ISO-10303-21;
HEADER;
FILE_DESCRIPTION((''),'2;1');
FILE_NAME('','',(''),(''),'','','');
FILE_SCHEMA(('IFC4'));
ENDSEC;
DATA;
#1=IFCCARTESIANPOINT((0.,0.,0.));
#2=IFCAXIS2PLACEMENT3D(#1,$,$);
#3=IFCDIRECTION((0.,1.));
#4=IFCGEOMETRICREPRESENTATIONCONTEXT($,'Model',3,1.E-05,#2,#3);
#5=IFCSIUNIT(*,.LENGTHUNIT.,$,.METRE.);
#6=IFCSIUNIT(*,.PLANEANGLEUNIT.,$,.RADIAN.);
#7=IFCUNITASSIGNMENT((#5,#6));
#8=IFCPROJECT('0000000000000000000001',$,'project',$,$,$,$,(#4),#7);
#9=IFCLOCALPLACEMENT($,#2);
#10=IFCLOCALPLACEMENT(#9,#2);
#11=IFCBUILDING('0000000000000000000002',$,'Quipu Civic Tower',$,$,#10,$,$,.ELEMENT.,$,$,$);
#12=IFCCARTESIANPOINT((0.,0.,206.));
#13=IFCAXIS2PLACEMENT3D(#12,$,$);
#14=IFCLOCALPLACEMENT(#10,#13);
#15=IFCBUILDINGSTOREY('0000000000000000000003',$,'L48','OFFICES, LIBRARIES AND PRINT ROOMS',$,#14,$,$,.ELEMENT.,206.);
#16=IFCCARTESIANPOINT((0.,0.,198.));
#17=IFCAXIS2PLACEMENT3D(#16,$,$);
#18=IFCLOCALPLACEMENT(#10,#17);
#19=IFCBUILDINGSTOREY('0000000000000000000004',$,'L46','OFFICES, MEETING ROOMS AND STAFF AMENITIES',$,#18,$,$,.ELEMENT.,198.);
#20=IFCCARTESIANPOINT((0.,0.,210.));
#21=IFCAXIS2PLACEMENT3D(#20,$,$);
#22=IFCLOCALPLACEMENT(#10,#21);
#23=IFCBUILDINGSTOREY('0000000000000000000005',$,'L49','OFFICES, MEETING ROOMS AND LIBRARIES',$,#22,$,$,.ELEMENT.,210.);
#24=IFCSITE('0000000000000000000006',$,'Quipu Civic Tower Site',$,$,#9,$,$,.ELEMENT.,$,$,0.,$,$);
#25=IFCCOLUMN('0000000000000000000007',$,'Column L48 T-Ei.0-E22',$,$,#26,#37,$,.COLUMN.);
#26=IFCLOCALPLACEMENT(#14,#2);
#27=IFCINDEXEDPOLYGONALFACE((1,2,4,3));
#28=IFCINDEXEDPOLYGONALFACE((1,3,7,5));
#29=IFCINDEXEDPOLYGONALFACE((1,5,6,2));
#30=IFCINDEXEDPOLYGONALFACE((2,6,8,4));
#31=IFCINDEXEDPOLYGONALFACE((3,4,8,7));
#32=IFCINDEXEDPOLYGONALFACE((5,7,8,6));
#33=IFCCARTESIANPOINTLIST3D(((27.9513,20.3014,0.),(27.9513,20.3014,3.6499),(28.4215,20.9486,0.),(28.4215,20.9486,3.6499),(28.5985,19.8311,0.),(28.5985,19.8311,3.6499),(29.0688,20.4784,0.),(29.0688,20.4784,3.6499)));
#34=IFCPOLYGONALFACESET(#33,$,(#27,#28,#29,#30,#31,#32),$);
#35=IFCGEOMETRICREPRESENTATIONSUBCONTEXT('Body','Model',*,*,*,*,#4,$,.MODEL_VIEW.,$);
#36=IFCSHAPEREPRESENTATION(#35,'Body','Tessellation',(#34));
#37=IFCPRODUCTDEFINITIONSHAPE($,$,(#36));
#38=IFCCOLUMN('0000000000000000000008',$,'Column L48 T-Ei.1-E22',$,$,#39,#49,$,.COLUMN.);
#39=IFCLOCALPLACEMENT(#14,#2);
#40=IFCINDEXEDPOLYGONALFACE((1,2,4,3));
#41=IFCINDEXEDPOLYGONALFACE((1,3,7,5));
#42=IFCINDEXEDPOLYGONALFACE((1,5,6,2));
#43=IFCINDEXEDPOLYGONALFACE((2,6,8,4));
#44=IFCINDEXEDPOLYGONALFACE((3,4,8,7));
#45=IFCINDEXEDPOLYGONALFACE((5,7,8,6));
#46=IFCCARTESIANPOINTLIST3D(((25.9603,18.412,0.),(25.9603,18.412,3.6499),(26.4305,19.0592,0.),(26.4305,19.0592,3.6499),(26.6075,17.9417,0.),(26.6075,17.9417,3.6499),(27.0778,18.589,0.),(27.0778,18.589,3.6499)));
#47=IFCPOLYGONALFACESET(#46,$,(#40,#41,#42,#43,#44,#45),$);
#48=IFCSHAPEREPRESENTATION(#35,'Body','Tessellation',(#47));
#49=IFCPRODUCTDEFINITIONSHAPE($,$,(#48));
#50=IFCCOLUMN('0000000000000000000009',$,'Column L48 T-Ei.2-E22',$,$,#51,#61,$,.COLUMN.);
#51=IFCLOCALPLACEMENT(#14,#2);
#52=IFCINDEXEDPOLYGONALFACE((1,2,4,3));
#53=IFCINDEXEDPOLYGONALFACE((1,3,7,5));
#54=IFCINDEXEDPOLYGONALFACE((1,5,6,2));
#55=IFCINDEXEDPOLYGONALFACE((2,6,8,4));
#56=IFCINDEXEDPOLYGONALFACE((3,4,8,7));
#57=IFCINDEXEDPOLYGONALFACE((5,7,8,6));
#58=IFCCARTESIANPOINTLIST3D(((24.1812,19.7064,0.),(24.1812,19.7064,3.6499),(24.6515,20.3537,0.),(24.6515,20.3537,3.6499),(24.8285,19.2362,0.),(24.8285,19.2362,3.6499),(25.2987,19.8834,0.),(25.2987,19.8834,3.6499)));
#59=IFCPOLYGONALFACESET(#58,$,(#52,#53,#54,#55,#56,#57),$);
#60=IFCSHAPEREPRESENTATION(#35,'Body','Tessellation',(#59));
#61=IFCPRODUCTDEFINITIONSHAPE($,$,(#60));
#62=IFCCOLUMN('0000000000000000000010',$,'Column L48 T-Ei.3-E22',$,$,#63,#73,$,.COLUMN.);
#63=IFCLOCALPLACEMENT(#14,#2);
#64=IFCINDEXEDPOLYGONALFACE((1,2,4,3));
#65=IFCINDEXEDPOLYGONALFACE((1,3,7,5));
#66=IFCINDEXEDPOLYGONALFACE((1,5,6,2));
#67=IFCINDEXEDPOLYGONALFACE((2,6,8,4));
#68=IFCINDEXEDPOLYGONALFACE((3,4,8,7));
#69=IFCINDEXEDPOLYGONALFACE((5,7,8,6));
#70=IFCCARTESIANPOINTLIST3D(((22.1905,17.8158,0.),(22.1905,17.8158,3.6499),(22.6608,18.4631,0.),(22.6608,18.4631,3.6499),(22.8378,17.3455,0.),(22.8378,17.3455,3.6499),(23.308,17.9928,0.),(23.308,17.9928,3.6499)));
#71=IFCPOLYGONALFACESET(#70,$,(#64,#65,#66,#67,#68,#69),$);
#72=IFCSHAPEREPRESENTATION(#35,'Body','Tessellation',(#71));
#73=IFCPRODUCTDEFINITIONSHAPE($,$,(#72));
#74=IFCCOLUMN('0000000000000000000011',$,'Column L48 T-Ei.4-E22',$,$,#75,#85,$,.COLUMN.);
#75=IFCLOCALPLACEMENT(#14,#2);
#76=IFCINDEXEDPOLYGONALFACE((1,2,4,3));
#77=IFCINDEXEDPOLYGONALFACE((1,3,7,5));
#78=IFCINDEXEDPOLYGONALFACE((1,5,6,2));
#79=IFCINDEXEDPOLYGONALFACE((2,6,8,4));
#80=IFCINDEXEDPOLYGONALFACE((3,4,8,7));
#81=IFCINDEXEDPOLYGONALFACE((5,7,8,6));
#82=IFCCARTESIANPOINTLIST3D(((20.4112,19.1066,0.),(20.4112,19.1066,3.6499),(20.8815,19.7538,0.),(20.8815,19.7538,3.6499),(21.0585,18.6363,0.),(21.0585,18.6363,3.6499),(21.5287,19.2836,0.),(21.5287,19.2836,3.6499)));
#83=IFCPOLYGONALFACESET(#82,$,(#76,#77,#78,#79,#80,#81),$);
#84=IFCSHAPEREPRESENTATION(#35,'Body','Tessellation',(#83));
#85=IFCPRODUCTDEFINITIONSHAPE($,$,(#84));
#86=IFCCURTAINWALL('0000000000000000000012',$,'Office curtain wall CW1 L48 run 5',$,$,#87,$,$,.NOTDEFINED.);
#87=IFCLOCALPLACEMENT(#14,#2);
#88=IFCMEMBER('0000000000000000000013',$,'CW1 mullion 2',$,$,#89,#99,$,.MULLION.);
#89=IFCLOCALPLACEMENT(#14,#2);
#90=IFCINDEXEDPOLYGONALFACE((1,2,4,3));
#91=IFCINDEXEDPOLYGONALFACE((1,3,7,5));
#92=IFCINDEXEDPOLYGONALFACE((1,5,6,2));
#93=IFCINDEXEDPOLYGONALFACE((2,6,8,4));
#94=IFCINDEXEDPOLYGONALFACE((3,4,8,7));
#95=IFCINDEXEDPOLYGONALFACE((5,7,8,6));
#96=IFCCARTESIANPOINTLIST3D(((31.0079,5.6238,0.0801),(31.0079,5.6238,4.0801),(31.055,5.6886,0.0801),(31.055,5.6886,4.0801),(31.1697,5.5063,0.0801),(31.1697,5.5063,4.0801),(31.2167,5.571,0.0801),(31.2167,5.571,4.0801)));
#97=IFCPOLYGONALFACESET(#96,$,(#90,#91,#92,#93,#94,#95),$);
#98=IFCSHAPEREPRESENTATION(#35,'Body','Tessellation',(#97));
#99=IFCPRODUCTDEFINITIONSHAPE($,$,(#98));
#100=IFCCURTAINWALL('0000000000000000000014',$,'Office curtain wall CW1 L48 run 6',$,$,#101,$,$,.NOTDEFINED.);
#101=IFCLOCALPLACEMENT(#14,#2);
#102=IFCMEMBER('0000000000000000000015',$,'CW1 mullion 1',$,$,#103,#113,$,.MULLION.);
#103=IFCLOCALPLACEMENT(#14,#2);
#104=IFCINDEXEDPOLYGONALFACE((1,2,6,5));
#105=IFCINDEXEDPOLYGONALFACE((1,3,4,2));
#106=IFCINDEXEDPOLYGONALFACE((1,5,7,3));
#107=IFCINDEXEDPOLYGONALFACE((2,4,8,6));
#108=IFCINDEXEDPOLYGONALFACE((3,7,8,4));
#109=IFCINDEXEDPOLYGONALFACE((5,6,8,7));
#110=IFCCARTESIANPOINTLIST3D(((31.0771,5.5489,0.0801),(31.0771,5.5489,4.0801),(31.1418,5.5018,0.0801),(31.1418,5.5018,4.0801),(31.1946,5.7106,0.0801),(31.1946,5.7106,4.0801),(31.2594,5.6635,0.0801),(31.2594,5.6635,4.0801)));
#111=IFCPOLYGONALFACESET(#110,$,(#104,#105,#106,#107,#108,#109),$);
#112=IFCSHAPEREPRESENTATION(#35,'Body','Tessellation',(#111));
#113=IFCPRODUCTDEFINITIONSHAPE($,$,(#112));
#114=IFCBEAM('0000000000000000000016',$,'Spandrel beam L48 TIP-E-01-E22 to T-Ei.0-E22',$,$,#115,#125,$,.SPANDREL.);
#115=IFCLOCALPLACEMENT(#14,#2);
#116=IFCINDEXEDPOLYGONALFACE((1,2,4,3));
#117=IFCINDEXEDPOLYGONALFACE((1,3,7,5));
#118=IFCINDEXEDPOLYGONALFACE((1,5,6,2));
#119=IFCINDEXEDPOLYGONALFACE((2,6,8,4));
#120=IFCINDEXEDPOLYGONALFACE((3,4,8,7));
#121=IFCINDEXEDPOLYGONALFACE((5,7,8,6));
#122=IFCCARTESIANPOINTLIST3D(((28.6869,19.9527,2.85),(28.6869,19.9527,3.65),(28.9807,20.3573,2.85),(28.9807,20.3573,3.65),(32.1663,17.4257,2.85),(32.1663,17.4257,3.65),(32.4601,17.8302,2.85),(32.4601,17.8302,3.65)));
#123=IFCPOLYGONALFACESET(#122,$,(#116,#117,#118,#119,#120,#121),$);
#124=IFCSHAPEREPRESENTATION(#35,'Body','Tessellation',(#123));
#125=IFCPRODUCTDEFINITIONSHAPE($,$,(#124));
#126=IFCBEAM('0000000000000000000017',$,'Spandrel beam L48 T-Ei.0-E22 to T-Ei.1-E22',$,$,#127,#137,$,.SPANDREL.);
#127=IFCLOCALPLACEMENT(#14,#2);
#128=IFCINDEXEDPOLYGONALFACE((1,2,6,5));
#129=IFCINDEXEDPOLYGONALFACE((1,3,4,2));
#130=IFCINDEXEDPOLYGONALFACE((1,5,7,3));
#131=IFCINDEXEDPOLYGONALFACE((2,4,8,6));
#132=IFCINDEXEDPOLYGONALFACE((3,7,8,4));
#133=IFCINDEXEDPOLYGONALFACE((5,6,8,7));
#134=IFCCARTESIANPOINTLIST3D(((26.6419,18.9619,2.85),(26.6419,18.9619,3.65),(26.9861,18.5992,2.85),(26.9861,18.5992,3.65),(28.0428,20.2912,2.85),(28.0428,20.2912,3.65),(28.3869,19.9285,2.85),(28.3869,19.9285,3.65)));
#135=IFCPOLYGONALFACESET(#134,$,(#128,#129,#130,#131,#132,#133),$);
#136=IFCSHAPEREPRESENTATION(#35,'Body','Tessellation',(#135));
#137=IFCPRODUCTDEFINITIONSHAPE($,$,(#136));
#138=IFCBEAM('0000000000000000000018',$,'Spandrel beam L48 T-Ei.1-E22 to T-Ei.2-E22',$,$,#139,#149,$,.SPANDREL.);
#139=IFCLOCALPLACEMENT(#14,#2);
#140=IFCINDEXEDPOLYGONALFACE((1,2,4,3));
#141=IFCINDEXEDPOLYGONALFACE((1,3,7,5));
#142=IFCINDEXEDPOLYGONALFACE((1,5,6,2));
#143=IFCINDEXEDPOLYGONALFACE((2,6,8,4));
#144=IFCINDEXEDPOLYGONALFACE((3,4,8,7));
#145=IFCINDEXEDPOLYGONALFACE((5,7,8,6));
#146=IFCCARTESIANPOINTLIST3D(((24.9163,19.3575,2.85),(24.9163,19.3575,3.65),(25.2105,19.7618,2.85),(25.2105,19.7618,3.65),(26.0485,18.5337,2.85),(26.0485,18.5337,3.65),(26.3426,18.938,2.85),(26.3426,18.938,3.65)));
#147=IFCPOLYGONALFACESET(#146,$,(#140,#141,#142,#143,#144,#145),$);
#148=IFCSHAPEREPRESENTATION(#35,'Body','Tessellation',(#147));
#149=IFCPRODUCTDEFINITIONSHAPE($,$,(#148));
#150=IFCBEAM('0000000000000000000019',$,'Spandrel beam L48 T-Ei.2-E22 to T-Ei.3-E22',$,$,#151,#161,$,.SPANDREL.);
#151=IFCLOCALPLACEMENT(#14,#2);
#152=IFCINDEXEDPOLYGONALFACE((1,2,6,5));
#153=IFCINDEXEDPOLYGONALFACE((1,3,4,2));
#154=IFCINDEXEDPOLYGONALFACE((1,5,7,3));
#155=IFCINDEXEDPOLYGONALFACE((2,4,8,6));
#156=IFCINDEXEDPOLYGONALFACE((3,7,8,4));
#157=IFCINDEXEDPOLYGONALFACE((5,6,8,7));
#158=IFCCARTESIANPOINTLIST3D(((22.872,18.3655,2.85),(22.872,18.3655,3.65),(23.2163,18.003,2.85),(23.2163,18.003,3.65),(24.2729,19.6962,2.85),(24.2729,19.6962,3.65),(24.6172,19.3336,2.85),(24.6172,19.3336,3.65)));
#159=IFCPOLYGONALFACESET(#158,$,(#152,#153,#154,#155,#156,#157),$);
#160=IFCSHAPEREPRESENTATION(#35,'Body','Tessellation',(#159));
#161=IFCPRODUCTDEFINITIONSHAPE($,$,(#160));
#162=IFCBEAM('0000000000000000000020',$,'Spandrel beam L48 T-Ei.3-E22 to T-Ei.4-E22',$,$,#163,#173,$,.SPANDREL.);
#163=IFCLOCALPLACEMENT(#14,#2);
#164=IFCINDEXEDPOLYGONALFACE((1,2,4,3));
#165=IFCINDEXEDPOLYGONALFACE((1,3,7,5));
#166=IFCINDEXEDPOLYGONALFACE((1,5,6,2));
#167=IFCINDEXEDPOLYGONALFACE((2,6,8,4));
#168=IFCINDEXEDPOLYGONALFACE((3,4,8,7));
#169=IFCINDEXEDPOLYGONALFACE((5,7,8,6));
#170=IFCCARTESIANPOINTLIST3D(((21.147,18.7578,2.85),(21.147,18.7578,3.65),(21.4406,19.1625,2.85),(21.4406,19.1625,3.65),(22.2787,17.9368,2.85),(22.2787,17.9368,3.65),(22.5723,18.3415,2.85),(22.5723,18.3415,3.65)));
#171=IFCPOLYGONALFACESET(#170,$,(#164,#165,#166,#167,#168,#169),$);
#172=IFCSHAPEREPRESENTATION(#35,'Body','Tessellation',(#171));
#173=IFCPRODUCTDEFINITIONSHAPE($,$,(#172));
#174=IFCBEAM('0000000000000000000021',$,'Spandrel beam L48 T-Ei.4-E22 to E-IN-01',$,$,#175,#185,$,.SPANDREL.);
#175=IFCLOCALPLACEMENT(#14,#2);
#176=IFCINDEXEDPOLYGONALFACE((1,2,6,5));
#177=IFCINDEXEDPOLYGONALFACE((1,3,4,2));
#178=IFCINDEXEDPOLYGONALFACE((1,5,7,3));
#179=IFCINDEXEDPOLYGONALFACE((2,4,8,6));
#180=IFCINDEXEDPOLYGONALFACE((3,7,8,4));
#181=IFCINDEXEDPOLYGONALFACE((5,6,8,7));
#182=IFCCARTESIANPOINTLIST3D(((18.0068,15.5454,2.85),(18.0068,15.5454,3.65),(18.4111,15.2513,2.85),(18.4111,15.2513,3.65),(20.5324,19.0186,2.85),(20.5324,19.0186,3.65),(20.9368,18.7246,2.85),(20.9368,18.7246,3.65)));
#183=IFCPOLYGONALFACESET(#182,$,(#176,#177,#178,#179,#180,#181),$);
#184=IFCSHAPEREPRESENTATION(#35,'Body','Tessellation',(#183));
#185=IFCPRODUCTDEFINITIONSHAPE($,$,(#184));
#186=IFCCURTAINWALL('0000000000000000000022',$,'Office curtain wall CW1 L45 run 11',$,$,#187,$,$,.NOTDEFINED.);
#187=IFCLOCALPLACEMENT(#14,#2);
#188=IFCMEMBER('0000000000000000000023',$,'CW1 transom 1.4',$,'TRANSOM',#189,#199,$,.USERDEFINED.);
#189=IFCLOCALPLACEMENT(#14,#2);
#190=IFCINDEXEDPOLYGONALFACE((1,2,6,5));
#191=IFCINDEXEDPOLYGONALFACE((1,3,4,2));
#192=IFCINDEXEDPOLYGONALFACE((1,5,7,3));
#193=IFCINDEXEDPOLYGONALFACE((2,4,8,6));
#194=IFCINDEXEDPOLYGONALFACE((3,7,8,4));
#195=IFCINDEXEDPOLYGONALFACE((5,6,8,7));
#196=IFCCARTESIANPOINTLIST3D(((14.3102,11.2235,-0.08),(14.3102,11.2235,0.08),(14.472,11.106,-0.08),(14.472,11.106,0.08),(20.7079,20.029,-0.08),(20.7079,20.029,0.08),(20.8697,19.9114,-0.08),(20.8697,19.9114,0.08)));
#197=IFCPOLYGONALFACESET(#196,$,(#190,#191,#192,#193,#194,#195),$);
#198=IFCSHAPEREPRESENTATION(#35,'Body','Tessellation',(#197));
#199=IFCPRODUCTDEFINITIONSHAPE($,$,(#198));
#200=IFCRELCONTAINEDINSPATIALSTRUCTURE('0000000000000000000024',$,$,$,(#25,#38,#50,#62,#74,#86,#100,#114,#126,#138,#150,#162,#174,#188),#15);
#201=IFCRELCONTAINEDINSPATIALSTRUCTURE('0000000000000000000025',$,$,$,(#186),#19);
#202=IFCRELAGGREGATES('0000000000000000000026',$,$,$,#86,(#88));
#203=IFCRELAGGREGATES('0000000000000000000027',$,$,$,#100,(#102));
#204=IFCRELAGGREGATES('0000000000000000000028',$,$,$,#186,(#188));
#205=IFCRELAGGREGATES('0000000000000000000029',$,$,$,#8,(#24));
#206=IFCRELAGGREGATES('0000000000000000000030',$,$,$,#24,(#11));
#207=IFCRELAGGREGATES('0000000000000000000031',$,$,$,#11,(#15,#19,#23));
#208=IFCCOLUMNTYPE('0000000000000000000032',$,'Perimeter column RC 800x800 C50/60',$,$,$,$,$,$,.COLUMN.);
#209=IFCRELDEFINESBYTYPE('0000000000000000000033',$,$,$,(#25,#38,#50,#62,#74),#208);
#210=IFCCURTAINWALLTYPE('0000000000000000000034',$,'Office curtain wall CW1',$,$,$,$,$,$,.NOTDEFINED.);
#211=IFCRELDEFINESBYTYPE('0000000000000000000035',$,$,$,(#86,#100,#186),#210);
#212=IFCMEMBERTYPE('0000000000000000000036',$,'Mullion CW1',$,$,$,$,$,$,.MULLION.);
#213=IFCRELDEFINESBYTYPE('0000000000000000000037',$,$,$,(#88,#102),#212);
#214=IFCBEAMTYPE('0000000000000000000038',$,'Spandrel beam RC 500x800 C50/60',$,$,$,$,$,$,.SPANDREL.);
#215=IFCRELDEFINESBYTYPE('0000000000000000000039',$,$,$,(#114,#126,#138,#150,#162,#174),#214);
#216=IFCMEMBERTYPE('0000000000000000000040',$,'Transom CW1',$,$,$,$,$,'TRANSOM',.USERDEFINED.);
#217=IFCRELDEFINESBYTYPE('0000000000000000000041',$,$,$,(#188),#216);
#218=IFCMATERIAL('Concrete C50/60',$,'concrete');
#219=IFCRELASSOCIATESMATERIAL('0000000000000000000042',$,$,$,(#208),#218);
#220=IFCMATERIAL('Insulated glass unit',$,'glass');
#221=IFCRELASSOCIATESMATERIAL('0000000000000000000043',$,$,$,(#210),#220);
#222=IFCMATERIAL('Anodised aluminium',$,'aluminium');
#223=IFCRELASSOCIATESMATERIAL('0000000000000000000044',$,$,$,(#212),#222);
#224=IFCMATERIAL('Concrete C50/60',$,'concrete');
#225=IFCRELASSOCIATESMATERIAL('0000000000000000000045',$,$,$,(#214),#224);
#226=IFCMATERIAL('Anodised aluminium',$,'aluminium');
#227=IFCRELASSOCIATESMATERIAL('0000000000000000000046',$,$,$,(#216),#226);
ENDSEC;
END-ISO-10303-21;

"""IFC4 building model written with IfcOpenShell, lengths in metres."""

from ifc_helpers import new_model, si_unit, direction, frame, origin, origin_2d, place, context, subcontext, project, spatial, rectangle, extrude, material, material_profile, profile_set, type_object, element, aggregate, save


model = new_model("IFC4")

# Units and contexts
model_context = context("Model", 3, precision=1e-05, world=origin(), true_north=direction((0.0, 1.0)))
body_context = subcontext(model_context, "Body", "Model", "MODEL_VIEW")
ifc_project = project(units=[si_unit("LENGTHUNIT", "METRE"), si_unit("PLANEANGLEUNIT", "RADIAN")], contexts=[model_context])

# Site, building, storey
site_placement = place(None, origin())
site = spatial("IfcSite", under=ifc_project, at=site_placement, Name="Quipu Civic Tower Site", CompositionType="ELEMENT", RefElevation=0.0)
building_placement = place(site_placement, origin())
building = spatial("IfcBuilding", under=site, at=building_placement, Name="Quipu Civic Tower", CompositionType="ELEMENT")
storey_1_placement = place(building_placement, frame((0.0, 0.0, 206.0)))
storey_1 = spatial("IfcBuildingStorey", under=building, at=storey_1_placement, Name="L48", Description="OFFICES, LIBRARIES AND PRINT ROOMS", CompositionType="ELEMENT", Elevation=206.0)

# Columns
ifc_material_1 = material(Name="Concrete C50/60", Category="concrete")
ifc_material_profile_1 = material_profile(ifc_material_1, rectangle(XDim=0.8, YDim=0.8, at=origin_2d()), Name="RC800x800")
ifc_profile_set_1 = profile_set([ifc_material_profile_1], Name="Concrete C50/60")
column_type = type_object("IfcColumnType", Name="Perimeter column RC 800x800 C50/60", PredefinedType="COLUMN", material=ifc_profile_set_1)
for number, where, z_axis, x_axis, name in (
    (1, (28.51, 20.3899, 0.0), (0.0, 0.0, 1.0), (-0.587785, -0.809017, 0.0), "Column L48 T-Ei.0-E22"),
    (2, (26.519, 18.5005, 0.0), (0.0, 0.0, 1.0), (-0.809017, 0.587785, 0.0), "Column L48 T-Ei.1-E22"),
    (3, (24.74, 19.7949, 0.0), (0.0, 0.0, 1.0), (-0.587785, -0.809017, 0.0), "Column L48 T-Ei.2-E22"),
    (4, (22.7493, 17.9043, 0.0), (0.0, 0.0, 1.0), (-0.587785, -0.809017, 0.0), "Column L48 T-Ei.3-E22"),
    (5, (20.97, 19.1951, 0.0), (0.0, 0.0, 1.0), (-0.587785, -0.809017, 0.0), "Column L48 T-Ei.4-E22"),
):
    element("IfcColumn", number, at=place(storey_1_placement, frame(where, z_axis=z_axis, x_axis=x_axis)), inside=storey_1, type_object=column_type, Name=name, PredefinedType="COLUMN", context=body_context, shape_type="SweptSolid", body=[
        extrude(rectangle(XDim=0.8, YDim=0.8, at=origin_2d()), origin(), (0.0, 0.0, 1.0), 3.6499),
    ])

# Curtain walls, members
ifc_material_2 = material(Name="Insulated glass unit", Category="glass")
curtain_wall_type = type_object("IfcCurtainWallType", Name="Office curtain wall CW1", PredefinedType="NOTDEFINED", material=ifc_material_2)
curtain_wall_1_placement = place(storey_1_placement, origin())
curtain_wall_1 = element("IfcCurtainWall", 6, at=curtain_wall_1_placement, inside=storey_1, type_object=curtain_wall_type, Name="Office curtain wall CW1 L48 run 5", PredefinedType="NOTDEFINED")
ifc_material_3 = material(Name="Anodised aluminium", Category="aluminium")
ifc_material_profile_2 = material_profile(ifc_material_3, rectangle(XDim=0.2, YDim=0.0801, at=origin_2d()), Name="RECT 200x80")
ifc_profile_set_2 = profile_set([ifc_material_profile_2], Name="Anodised aluminium")
member_type_1 = type_object("IfcMemberType", Name="Mullion CW1", PredefinedType="MULLION", material=ifc_profile_set_2)
member_1_placement = place(storey_1_placement, frame((31.1123, 5.5974, 0.0801), z_axis=(0.0, 0.0, 1.0), x_axis=(-0.809022, 0.587778, 0.0)))
member_1 = element("IfcMember", 7, at=member_1_placement, type_object=member_type_1, Name="CW1 mullion 2", PredefinedType="MULLION", context=body_context, shape_type="SweptSolid", body=[
    extrude(rectangle(XDim=0.2, YDim=0.0801, at=origin_2d()), origin(), (0.0, 0.0, 1.0), 4.0),
])
aggregate(curtain_wall_1, [member_1])
curtain_wall_2_placement = place(storey_1_placement, origin())
curtain_wall_2 = element("IfcCurtainWall", 8, at=curtain_wall_2_placement, inside=storey_1, type_object=curtain_wall_type, Name="Office curtain wall CW1 L48 run 6", PredefinedType="NOTDEFINED")
member_2_placement = place(storey_1_placement, frame((31.1682, 5.6062, 0.0801), z_axis=(0.0, 0.0, 1.0), x_axis=(0.58778, 0.809021, 0.0)))
member_2 = element("IfcMember", 9, at=member_2_placement, type_object=member_type_1, Name="CW1 mullion 1", PredefinedType="MULLION", context=body_context, shape_type="SweptSolid", body=[
    extrude(rectangle(XDim=0.2, YDim=0.0801, at=origin_2d()), origin(), (0.0, 0.0, 1.0), 4.0),
])
aggregate(curtain_wall_2, [member_2])

# Beams
ifc_material_4 = material(Name="Concrete C50/60", Category="concrete")
ifc_material_profile_3 = material_profile(ifc_material_4, rectangle(XDim=0.5, YDim=0.8, at=origin_2d()), Name="RC500x800")
ifc_profile_set_3 = profile_set([ifc_material_profile_3], Name="Concrete C50/60")
beam_type = type_object("IfcBeamType", Name="Spandrel beam RC 500x800 C50/60", PredefinedType="SPANDREL", material=ifc_profile_set_3)
beam_1_placement = place(storey_1_placement, frame((32.3132, 17.6279, 3.25), z_axis=(-0.809116, 0.587648, 0.0), x_axis=(-0.587648, -0.809116, 0.0)))
element("IfcBeam", 10, at=beam_1_placement, inside=storey_1, type_object=beam_type, Name="Spandrel beam L48 TIP-E-01-E22 to T-Ei.0-E22", PredefinedType="SPANDREL", context=body_context, shape_type="SweptSolid", body=[
    extrude(rectangle(XDim=0.5, YDim=0.8, at=origin_2d()), origin(), (0.0, 0.0, 1.0), 4.3003),
])
beam_2_placement = place(storey_1_placement, frame((28.2148, 20.1099, 3.25), z_axis=(-0.725384, -0.688344, 0.0), x_axis=(0.688344, -0.725384, 0.0)))
element("IfcBeam", 11, at=beam_2_placement, inside=storey_1, type_object=beam_type, Name="Spandrel beam L48 T-Ei.0-E22 to T-Ei.1-E22", PredefinedType="SPANDREL", context=body_context, shape_type="SweptSolid", body=[
    extrude(rectangle(XDim=0.5, YDim=0.8, at=origin_2d()), origin(), (0.0, 0.0, 1.0), 1.9312),
])
beam_3_placement = place(storey_1_placement, frame((26.1956, 18.7358, 3.25), z_axis=(-0.8086, 0.588358, 0.0), x_axis=(-0.588358, -0.8086, 0.0)))
element("IfcBeam", 12, at=beam_3_placement, inside=storey_1, type_object=beam_type, Name="Spandrel beam L48 T-Ei.1-E22 to T-Ei.2-E22", PredefinedType="SPANDREL", context=body_context, shape_type="SweptSolid", body=[
    extrude(rectangle(XDim=0.5, YDim=0.8, at=origin_2d()), origin(), (0.0, 0.0, 1.0), 1.4001),
])
beam_4_placement = place(storey_1_placement, frame((24.4451, 19.5149, 3.25), z_axis=(-0.725069, -0.688676, 0.0), x_axis=(0.688676, -0.725069, 0.0)))
element("IfcBeam", 13, at=beam_4_placement, inside=storey_1, type_object=beam_type, Name="Spandrel beam L48 T-Ei.2-E22 to T-Ei.3-E22", PredefinedType="SPANDREL", context=body_context, shape_type="SweptSolid", body=[
    extrude(rectangle(XDim=0.5, YDim=0.8, at=origin_2d()), origin(), (0.0, 0.0, 1.0), 1.9321),
])
beam_5_placement = place(storey_1_placement, frame((22.4255, 18.1392, 3.25), z_axis=(-0.809453, 0.587185, 0.0), x_axis=(-0.587185, -0.809453, 0.0)))
element("IfcBeam", 14, at=beam_5_placement, inside=storey_1, type_object=beam_type, Name="Spandrel beam L48 T-Ei.3-E22 to T-Ei.4-E22", PredefinedType="SPANDREL", context=body_context, shape_type="SweptSolid", body=[
    extrude(rectangle(XDim=0.5, YDim=0.8, at=origin_2d()), origin(), (0.0, 0.0, 1.0), 1.3982),
])
beam_6_placement = place(storey_1_placement, frame((20.7346, 18.8716, 3.25), z_axis=(-0.588128, -0.808768, 0.0), x_axis=(0.808768, -0.588128, 0.0)))
element("IfcBeam", 15, at=beam_6_placement, inside=storey_1, type_object=beam_type, Name="Spandrel beam L48 T-Ei.4-E22 to E-IN-01", PredefinedType="SPANDREL", context=body_context, shape_type="SweptSolid", body=[
    extrude(rectangle(XDim=0.5, YDim=0.8, at=origin_2d()), origin(), (0.0, 0.0, 1.0), 4.2944),
])

# Shared definitions
storey_2_placement = place(building_placement, frame((0.0, 0.0, 198.0)))
storey_2 = spatial("IfcBuildingStorey", under=building, at=storey_2_placement, Name="L46", Description="OFFICES, MEETING ROOMS AND STAFF AMENITIES", CompositionType="ELEMENT", Elevation=198.0)

# Curtain wall, member
curtain_wall_3_placement = place(storey_2_placement, origin())
curtain_wall_3 = element("IfcCurtainWall", 16, at=curtain_wall_3_placement, inside=storey_2, type_object=curtain_wall_type, Name="Office curtain wall CW1 L45 run 11", PredefinedType="NOTDEFINED")
ifc_material_5 = material(Name="Anodised aluminium", Category="aluminium")
ifc_material_profile_4 = material_profile(ifc_material_5, rectangle(XDim=0.2, YDim=0.1599, at=origin_2d()), Name="RECT 200x160")
ifc_profile_set_4 = profile_set([ifc_material_profile_4], Name="Anodised aluminium")
member_type_2 = type_object("IfcMemberType", Name="Transom CW1", ElementType="TRANSOM", PredefinedType="USERDEFINED", material=ifc_profile_set_4)
member_3_placement = place(storey_1_placement, frame((20.7888, 19.9702, 0.0), z_axis=(-0.587797, -0.809009, 0.0), x_axis=(0.809009, -0.587797, 0.0)))
member_3 = element("IfcMember", 17, at=member_3_placement, inside=storey_1, type_object=member_type_2, Name="CW1 transom 1.4", ObjectType="TRANSOM", PredefinedType="USERDEFINED", context=body_context, shape_type="SweptSolid", body=[
    extrude(rectangle(XDim=0.2, YDim=0.1599, at=origin_2d()), origin(), (0.0, 0.0, 1.0), 10.8843),
])
aggregate(curtain_wall_3, [member_3])

# Shared definitions
storey_3_placement = place(building_placement, frame((0.0, 0.0, 210.0)))
storey_3 = spatial("IfcBuildingStorey", under=building, at=storey_3_placement, Name="L49", Description="OFFICES, MEETING ROOMS AND LIBRARIES", CompositionType="ELEMENT", Elevation=210.0)

save(model, "model.ifc")
